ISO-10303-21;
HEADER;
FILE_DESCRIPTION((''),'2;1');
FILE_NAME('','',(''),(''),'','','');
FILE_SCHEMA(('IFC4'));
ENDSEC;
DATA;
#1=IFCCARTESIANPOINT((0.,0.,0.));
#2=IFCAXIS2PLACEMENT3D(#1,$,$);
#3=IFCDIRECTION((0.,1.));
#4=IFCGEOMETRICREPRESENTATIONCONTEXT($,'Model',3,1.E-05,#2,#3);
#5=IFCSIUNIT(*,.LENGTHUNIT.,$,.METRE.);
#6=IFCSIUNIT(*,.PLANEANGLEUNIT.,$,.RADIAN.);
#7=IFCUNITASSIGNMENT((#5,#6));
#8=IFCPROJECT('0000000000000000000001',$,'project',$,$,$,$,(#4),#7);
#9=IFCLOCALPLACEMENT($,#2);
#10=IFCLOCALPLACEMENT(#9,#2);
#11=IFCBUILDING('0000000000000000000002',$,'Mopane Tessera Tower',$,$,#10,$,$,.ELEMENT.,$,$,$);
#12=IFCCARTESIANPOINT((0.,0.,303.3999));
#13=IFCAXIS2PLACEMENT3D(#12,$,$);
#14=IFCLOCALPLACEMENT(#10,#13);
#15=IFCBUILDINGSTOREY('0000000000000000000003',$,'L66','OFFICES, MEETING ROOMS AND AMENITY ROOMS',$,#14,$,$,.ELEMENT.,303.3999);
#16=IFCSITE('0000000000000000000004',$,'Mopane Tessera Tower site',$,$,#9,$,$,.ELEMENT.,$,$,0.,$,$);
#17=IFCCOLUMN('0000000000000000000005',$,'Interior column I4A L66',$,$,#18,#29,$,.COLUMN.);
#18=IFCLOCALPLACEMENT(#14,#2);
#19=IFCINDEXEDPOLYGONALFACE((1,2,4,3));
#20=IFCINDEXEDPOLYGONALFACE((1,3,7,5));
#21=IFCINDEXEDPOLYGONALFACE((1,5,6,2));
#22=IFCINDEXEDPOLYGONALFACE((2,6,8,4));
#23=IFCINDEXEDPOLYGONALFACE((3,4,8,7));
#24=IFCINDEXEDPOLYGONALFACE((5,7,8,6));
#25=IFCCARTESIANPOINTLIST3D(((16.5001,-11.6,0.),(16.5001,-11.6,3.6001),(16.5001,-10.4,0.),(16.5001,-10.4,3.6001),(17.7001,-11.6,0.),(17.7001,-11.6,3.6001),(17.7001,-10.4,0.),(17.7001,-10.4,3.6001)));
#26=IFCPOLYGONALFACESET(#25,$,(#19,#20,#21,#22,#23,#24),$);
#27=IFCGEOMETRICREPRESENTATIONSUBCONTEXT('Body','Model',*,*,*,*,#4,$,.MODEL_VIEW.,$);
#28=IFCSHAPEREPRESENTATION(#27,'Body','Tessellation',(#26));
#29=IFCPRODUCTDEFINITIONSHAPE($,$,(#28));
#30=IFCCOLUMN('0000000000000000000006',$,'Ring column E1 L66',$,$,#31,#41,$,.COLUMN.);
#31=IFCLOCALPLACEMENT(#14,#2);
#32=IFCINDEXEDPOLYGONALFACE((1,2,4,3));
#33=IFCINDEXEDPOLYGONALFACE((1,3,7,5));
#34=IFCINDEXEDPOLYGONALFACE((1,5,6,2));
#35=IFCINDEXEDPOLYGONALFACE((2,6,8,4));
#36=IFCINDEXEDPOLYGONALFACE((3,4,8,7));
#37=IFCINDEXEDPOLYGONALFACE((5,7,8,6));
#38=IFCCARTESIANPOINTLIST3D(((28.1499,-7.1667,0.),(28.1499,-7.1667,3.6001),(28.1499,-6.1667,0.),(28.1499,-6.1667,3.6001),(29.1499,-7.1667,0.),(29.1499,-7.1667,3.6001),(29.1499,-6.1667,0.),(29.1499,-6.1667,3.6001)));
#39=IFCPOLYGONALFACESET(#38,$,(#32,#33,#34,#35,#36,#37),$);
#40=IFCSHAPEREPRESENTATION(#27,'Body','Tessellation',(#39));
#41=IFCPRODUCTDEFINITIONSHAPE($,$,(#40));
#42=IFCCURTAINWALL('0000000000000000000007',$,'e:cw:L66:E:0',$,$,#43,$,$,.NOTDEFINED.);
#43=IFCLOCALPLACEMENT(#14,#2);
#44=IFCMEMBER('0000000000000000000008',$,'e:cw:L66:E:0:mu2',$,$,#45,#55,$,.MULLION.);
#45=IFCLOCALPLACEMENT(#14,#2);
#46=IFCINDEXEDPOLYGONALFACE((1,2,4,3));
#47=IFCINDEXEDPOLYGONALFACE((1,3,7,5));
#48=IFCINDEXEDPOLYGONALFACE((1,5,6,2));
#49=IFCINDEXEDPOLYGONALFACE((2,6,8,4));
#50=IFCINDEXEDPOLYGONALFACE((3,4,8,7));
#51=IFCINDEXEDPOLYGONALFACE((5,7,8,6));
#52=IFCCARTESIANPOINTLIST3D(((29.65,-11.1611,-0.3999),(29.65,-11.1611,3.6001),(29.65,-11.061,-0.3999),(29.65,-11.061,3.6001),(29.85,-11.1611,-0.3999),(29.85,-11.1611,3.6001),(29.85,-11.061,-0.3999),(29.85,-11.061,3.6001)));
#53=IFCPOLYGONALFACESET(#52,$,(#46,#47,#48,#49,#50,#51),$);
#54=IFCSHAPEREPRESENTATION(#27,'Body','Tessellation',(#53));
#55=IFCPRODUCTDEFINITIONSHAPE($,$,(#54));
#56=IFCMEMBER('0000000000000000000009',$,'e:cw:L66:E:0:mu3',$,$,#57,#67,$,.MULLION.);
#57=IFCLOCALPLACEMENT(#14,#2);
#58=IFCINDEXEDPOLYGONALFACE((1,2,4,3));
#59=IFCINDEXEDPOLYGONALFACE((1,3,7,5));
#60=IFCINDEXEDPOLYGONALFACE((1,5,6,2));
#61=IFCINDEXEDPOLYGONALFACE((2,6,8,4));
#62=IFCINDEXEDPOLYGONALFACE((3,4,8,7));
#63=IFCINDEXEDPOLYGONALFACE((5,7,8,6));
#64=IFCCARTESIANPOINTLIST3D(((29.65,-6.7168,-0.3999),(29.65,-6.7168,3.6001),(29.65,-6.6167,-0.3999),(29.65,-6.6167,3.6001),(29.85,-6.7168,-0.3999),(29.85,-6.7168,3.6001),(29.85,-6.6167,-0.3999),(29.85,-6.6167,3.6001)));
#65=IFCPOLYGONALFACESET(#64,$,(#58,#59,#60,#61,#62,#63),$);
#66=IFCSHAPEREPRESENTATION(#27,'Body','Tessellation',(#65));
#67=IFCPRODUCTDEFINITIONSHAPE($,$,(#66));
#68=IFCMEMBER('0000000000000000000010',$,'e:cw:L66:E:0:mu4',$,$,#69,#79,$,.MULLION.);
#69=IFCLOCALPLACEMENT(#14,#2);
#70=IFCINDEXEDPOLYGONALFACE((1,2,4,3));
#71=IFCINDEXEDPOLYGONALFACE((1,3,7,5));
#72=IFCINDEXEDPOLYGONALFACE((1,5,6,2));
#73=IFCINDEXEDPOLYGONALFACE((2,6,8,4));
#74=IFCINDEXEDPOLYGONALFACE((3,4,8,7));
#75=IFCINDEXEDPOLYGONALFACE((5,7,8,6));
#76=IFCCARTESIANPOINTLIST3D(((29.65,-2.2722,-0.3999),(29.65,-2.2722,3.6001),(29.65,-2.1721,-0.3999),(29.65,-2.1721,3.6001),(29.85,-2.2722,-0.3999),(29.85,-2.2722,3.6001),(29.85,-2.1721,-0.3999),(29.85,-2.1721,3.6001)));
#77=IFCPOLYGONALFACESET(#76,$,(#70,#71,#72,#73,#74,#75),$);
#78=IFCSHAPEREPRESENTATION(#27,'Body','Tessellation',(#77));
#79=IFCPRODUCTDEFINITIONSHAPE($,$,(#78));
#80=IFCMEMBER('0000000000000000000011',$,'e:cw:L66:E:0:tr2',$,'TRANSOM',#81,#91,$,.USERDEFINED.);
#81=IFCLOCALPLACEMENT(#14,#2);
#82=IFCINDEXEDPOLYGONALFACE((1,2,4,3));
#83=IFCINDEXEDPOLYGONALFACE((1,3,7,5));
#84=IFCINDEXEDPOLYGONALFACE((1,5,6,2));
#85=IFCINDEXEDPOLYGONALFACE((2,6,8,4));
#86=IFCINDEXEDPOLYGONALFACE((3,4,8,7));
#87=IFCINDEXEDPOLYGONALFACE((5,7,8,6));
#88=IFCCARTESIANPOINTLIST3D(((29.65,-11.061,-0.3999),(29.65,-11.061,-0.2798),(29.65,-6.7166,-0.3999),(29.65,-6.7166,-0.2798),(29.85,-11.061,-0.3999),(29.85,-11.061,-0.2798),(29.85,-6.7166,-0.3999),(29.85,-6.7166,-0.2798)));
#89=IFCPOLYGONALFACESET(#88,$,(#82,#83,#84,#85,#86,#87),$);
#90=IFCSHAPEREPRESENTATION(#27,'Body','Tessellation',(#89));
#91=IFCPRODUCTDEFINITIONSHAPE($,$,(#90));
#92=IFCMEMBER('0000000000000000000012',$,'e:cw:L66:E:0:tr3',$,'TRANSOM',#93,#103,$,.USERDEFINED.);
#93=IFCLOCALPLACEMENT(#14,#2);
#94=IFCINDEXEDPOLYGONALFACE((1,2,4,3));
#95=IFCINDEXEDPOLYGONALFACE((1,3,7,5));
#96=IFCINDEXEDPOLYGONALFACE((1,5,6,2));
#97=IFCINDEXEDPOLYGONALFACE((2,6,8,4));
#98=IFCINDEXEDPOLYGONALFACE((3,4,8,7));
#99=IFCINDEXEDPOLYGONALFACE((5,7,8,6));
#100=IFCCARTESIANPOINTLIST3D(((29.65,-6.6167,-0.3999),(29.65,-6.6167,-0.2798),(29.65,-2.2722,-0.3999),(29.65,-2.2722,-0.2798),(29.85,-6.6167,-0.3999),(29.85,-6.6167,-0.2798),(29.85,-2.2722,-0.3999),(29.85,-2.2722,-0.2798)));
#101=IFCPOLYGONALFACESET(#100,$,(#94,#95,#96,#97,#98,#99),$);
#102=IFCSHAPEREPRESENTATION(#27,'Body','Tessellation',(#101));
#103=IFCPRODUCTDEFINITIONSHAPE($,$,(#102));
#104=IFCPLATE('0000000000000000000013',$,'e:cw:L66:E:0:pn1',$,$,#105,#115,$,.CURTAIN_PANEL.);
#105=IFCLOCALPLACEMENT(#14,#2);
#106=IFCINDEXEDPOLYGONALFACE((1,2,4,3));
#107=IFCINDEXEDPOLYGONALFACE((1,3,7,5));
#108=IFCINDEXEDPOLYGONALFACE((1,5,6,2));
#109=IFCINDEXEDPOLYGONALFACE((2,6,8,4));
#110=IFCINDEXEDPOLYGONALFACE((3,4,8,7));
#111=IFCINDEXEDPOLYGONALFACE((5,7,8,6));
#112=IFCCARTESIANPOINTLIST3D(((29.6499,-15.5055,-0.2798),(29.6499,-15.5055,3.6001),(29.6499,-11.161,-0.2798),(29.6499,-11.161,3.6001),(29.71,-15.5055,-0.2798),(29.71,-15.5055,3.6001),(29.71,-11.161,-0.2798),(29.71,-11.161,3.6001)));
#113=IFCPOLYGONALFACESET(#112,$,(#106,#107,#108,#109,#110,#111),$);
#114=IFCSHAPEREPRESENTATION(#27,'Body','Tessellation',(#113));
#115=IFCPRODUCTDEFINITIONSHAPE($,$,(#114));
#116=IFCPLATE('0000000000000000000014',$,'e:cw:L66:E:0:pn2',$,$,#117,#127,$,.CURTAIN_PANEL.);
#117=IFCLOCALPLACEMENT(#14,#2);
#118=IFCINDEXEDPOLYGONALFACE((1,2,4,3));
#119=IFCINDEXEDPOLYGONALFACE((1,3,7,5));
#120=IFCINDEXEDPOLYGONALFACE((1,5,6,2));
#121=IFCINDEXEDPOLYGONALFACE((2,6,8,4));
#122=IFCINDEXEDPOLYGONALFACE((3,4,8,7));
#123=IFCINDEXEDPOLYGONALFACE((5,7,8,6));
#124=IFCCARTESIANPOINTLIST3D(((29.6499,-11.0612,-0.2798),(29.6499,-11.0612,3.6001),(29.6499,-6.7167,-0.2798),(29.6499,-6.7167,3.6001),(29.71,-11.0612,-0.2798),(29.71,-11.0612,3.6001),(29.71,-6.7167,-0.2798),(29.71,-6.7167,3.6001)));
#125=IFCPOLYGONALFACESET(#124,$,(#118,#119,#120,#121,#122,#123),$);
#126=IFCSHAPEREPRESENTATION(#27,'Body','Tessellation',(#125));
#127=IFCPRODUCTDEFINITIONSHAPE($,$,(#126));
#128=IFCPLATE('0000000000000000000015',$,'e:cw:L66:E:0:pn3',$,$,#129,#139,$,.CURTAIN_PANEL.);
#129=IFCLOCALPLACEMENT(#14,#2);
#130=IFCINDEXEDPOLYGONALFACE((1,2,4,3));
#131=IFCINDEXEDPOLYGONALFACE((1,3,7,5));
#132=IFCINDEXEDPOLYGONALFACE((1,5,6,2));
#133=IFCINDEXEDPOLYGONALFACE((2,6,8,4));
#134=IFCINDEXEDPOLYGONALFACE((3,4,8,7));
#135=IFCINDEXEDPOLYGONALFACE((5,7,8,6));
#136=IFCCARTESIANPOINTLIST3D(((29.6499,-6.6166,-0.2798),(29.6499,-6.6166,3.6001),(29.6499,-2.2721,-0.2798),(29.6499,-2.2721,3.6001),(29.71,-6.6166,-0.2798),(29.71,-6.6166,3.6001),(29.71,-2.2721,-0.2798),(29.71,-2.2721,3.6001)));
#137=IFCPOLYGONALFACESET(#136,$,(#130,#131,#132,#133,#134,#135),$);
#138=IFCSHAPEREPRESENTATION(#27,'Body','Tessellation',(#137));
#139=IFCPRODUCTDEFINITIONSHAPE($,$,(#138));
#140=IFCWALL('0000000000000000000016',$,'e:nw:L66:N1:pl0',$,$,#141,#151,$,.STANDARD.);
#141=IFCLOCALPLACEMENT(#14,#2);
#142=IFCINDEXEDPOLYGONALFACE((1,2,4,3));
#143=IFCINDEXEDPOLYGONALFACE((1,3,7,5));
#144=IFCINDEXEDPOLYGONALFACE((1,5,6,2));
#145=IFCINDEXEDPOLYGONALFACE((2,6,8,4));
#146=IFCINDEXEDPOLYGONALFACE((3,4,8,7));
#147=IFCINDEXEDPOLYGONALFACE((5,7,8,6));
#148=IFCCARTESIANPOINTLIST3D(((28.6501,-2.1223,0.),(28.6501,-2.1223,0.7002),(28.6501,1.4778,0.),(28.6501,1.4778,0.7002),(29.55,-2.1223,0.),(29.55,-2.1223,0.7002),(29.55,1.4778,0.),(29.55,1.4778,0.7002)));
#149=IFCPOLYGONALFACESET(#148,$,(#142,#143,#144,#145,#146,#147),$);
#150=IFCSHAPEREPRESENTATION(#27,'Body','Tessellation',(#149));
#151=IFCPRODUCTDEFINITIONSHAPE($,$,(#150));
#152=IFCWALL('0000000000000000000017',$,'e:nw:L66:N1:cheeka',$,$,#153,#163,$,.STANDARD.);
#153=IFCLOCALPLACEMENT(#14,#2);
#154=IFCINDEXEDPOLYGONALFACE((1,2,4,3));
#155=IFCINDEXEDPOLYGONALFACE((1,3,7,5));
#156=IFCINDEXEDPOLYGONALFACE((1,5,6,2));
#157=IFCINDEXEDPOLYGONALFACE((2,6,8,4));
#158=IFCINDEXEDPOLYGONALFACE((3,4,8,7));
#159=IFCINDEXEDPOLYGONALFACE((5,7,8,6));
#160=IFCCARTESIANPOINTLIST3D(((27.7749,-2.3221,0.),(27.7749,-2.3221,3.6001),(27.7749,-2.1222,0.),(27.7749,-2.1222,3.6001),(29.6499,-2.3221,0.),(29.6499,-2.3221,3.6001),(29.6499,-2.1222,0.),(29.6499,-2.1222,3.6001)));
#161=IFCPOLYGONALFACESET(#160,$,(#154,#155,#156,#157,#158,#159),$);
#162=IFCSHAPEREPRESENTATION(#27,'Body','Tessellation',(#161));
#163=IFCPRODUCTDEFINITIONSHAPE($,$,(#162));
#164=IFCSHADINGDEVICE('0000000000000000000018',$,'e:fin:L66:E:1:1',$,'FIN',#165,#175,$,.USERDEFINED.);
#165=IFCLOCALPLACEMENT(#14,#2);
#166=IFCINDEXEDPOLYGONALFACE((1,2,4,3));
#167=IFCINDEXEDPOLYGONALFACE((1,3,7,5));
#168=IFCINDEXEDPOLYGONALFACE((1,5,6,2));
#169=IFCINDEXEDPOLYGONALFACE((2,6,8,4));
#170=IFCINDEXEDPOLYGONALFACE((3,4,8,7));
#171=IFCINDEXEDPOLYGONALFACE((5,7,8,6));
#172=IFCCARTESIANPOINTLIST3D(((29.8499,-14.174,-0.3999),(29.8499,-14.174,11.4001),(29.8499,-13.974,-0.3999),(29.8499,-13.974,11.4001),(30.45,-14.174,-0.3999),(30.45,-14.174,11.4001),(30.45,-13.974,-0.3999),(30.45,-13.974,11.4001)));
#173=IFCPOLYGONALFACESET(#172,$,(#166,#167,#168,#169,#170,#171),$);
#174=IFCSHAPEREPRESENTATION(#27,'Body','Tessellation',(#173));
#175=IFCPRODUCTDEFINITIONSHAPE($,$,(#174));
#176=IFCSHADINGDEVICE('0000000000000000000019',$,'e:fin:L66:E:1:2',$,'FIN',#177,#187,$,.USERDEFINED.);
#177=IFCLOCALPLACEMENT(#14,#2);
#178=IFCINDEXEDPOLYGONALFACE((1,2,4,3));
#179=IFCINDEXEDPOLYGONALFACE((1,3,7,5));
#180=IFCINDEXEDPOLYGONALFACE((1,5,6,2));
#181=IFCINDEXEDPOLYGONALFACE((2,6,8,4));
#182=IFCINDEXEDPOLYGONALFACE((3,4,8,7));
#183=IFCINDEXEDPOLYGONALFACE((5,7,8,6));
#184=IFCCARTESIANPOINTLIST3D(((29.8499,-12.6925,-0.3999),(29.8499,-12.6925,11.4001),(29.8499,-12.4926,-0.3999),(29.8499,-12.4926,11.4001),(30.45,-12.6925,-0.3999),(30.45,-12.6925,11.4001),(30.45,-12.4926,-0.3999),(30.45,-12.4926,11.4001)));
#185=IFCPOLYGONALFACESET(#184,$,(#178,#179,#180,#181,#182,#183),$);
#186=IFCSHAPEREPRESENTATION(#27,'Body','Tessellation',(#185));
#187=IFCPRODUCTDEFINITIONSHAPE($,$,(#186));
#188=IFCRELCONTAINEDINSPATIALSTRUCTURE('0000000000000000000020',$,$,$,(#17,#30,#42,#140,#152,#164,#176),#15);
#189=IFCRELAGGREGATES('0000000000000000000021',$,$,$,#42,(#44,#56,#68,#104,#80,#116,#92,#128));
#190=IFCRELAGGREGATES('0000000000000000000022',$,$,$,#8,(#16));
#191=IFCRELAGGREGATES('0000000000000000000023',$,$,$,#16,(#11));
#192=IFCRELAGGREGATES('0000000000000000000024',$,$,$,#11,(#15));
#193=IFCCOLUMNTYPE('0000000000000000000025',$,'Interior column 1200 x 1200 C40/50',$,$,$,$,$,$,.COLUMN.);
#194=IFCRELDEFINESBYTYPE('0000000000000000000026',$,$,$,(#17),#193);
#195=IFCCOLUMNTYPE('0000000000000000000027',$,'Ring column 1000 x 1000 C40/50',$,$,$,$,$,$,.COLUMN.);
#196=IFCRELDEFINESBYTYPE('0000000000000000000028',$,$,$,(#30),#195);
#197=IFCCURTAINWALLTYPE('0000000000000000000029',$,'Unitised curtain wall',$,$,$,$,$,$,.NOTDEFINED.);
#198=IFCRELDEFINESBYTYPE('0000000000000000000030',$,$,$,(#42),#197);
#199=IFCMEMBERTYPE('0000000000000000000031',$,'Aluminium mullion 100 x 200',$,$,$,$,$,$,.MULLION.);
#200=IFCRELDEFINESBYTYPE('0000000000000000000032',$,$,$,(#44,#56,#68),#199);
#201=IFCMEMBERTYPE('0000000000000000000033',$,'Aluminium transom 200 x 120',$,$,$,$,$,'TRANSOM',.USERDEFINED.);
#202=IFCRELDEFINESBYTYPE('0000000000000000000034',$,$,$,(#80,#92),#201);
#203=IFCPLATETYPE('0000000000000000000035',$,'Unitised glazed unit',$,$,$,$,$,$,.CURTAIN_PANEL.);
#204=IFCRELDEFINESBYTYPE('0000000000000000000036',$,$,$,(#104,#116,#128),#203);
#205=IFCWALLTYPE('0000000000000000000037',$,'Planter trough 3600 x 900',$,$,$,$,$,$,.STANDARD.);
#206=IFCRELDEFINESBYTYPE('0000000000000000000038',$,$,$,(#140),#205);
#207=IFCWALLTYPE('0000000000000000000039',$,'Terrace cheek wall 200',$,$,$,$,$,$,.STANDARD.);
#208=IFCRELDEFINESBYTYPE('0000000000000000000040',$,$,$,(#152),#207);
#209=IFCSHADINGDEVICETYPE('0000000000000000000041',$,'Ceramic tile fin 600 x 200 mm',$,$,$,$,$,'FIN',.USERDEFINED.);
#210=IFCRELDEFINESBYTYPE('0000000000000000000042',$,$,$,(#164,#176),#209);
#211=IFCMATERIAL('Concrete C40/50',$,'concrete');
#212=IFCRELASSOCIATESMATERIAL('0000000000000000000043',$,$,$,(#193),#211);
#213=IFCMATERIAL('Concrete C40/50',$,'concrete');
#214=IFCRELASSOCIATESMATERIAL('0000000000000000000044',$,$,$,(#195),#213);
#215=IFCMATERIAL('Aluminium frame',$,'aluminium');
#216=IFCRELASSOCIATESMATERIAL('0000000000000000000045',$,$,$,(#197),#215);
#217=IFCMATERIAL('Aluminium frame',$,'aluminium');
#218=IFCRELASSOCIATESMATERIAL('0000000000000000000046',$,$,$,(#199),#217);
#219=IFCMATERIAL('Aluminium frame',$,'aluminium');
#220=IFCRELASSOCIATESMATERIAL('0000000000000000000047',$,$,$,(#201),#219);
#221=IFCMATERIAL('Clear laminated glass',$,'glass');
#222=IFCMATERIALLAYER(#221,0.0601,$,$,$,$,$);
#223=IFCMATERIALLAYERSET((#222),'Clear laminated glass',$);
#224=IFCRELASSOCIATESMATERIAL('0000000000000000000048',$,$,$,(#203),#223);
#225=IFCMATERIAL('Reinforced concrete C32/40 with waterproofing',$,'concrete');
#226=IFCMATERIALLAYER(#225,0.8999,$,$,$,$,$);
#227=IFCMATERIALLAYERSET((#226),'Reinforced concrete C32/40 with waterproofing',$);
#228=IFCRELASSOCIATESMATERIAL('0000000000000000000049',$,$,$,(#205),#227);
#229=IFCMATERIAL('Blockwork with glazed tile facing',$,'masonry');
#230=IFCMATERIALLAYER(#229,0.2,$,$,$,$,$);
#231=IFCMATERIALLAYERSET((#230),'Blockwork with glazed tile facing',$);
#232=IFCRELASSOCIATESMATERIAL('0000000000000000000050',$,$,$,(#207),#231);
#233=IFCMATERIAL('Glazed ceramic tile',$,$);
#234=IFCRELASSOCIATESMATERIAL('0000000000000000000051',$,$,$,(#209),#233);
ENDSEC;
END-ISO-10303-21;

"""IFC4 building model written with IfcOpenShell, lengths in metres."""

from ifc_helpers import new_model, si_unit, direction, frame, frame_2d, origin, origin_2d, place, context, subcontext, project, spatial, rectangle, extrude, material, layer, layer_set, material_profile, profile_set, type_object, element, aggregate, save


model = new_model("IFC4")

# Units and contexts
model_context = context("Model", 3, precision=1e-05, world=origin(), true_north=direction((0.0, 1.0)))
body_context = subcontext(model_context, "Body", "Model", "MODEL_VIEW")
ifc_project = project(units=[si_unit("LENGTHUNIT", "METRE"), si_unit("PLANEANGLEUNIT", "RADIAN")], contexts=[model_context])

# Site, building, storey
site_placement = place(None, origin())
site = spatial("IfcSite", under=ifc_project, at=site_placement, Name="Mopane Tessera Tower site", CompositionType="ELEMENT", RefElevation=0.0)
building_placement = place(site_placement, origin())
building = spatial("IfcBuilding", under=site, at=building_placement, Name="Mopane Tessera Tower", CompositionType="ELEMENT")
storey_placement = place(building_placement, frame((0.0, 0.0, 303.3999)))
storey = spatial("IfcBuildingStorey", under=building, at=storey_placement, Name="L66", Description="OFFICES, MEETING ROOMS AND AMENITY ROOMS", CompositionType="ELEMENT", Elevation=303.3999)

# Columns
ifc_material_1 = material(Name="Concrete C40/50", Category="concrete")
ifc_material_profile_1 = material_profile(ifc_material_1, rectangle(XDim=1.2, YDim=1.2, at=origin_2d()))
ifc_profile_set_1 = profile_set([ifc_material_profile_1], Name="Concrete C40/50")
column_type_1 = type_object("IfcColumnType", Name="Interior column 1200 x 1200 C40/50", PredefinedType="COLUMN", material=ifc_profile_set_1)
column_1_placement = place(storey_placement, frame((17.1001, -11.0, 0.0), z_axis=(0.0, 0.0, 1.0), x_axis=(1.0, 0.0, 0.0)))
element("IfcColumn", 1, at=column_1_placement, inside=storey, type_object=column_type_1, Name="Interior column I4A L66", PredefinedType="COLUMN", context=body_context, shape_type="SweptSolid", body=[
    extrude(rectangle(XDim=1.2, YDim=1.2, at=origin_2d()), origin(), (0.0, 0.0, 1.0), 3.6001),
])
ifc_material_2 = material(Name="Concrete C40/50", Category="concrete")
ifc_material_profile_2 = material_profile(ifc_material_2, rectangle(XDim=1.0, YDim=1.0, at=origin_2d()))
ifc_profile_set_2 = profile_set([ifc_material_profile_2], Name="Concrete C40/50")
column_type_2 = type_object("IfcColumnType", Name="Ring column 1000 x 1000 C40/50", PredefinedType="COLUMN", material=ifc_profile_set_2)
column_2_placement = place(storey_placement, frame((28.6499, -6.6667, 0.0), z_axis=(0.0, 0.0, 1.0), x_axis=(1.0, 0.0, 0.0)))
element("IfcColumn", 2, at=column_2_placement, inside=storey, type_object=column_type_2, Name="Ring column E1 L66", PredefinedType="COLUMN", context=body_context, shape_type="SweptSolid", body=[
    extrude(rectangle(XDim=1.0, YDim=1.0, at=origin_2d()), origin(), (0.0, 0.0, 1.0), 3.6001),
])

# Curtain wall, members, plates
ifc_material_3 = material(Name="Aluminium frame", Category="aluminium")
curtain_wall_type = type_object("IfcCurtainWallType", Name="Unitised curtain wall", PredefinedType="NOTDEFINED", material=ifc_material_3)
curtain_wall_placement = place(storey_placement, origin())
curtain_wall = element("IfcCurtainWall", 3, at=curtain_wall_placement, inside=storey, type_object=curtain_wall_type, Name="e:cw:L66:E:0", PredefinedType="NOTDEFINED")
ifc_material_4 = material(Name="Aluminium frame", Category="aluminium")
ifc_material_profile_3 = material_profile(ifc_material_4, rectangle(XDim=0.1001, YDim=0.2, at=origin_2d()))
ifc_profile_set_3 = profile_set([ifc_material_profile_3], Name="Aluminium frame")
member_type_1 = type_object("IfcMemberType", Name="Aluminium mullion 100 x 200", PredefinedType="MULLION", material=ifc_profile_set_3)
member_1_placement = place(storey_placement, frame((29.75, -11.1111, -0.3999), z_axis=(0.0, 0.0, 1.0), x_axis=(0.0, 1.0, 0.0)))
member_1 = element("IfcMember", 4, at=member_1_placement, type_object=member_type_1, Name="e:cw:L66:E:0:mu2", PredefinedType="MULLION", context=body_context, shape_type="SweptSolid", body=[
    extrude(rectangle(XDim=0.1001, YDim=0.2, at=origin_2d()), origin(), (0.0, 0.0, 1.0), 4.0),
])
member_2_placement = place(storey_placement, frame((29.75, -6.6667, -0.3999), z_axis=(0.0, 0.0, 1.0), x_axis=(0.0, 1.0, 0.0)))
member_2 = element("IfcMember", 5, at=member_2_placement, type_object=member_type_1, Name="e:cw:L66:E:0:mu3", PredefinedType="MULLION", context=body_context, shape_type="SweptSolid", body=[
    extrude(rectangle(XDim=0.1001, YDim=0.2, at=origin_2d()), origin(), (0.0, 0.0, 1.0), 4.0),
])
member_3_placement = place(storey_placement, frame((29.75, -2.2222, -0.3999), z_axis=(0.0, 0.0, 1.0), x_axis=(0.0, 1.0, 0.0)))
member_3 = element("IfcMember", 6, at=member_3_placement, type_object=member_type_1, Name="e:cw:L66:E:0:mu4", PredefinedType="MULLION", context=body_context, shape_type="SweptSolid", body=[
    extrude(rectangle(XDim=0.1001, YDim=0.2, at=origin_2d()), origin(), (0.0, 0.0, 1.0), 4.0),
])
ifc_material_5 = material(Name="Aluminium frame", Category="aluminium")
ifc_material_profile_4 = material_profile(ifc_material_5, rectangle(XDim=0.2, YDim=0.1201, at=origin_2d()))
ifc_profile_set_4 = profile_set([ifc_material_profile_4], Name="Aluminium frame")
member_type_2 = type_object("IfcMemberType", Name="Aluminium transom 200 x 120", ElementType="TRANSOM", PredefinedType="USERDEFINED", material=ifc_profile_set_4)
member_4_placement = place(storey_placement, frame((29.75, -11.061, -0.3398), z_axis=(0.0, 1.0, 0.0), x_axis=(-1.0, 0.0, 0.0)))
member_4 = element("IfcMember", 7, at=member_4_placement, type_object=member_type_2, Name="e:cw:L66:E:0:tr2", ObjectType="TRANSOM", PredefinedType="USERDEFINED", context=body_context, shape_type="SweptSolid", body=[
    extrude(rectangle(XDim=0.2, YDim=0.1201, at=origin_2d()), origin(), (0.0, 0.0, 1.0), 4.3445),
])
member_5_placement = place(storey_placement, frame((29.75, -6.6167, -0.3398), z_axis=(0.0, 1.0, 0.0), x_axis=(-1.0, 0.0, 0.0)))
member_5 = element("IfcMember", 8, at=member_5_placement, type_object=member_type_2, Name="e:cw:L66:E:0:tr3", ObjectType="TRANSOM", PredefinedType="USERDEFINED", context=body_context, shape_type="SweptSolid", body=[
    extrude(rectangle(XDim=0.2, YDim=0.1201, at=origin_2d()), origin(), (0.0, 0.0, 1.0), 4.3445),
])
ifc_material_6 = material(Name="Clear laminated glass", Category="glass")
ifc_layer_1 = layer(ifc_material_6, 0.0601)
ifc_layer_set_1 = layer_set([ifc_layer_1], Name="Clear laminated glass")
plate_type = type_object("IfcPlateType", Name="Unitised glazed unit", PredefinedType="CURTAIN_PANEL", material=ifc_layer_set_1)
plate_1_placement = place(storey_placement, frame((29.6799, -13.3333, -0.2798), z_axis=(0.0, 0.0, 1.0), x_axis=(0.0, 1.0, 0.0)))
plate_1 = element("IfcPlate", 9, at=plate_1_placement, type_object=plate_type, Name="e:cw:L66:E:0:pn1", PredefinedType="CURTAIN_PANEL", context=body_context, shape_type="SweptSolid", body=[
    extrude(rectangle(XDim=4.3445, YDim=0.0601, at=origin_2d()), origin(), (0.0, 0.0, 1.0), 3.8799),
])
plate_2_placement = place(storey_placement, frame((29.6799, -8.8889, -0.2798), z_axis=(0.0, 0.0, 1.0), x_axis=(0.0, 1.0, 0.0)))
plate_2 = element("IfcPlate", 10, at=plate_2_placement, type_object=plate_type, Name="e:cw:L66:E:0:pn2", PredefinedType="CURTAIN_PANEL", context=body_context, shape_type="SweptSolid", body=[
    extrude(rectangle(XDim=4.3445, YDim=0.0601, at=origin_2d()), origin(), (0.0, 0.0, 1.0), 3.8799),
])
plate_3_placement = place(storey_placement, frame((29.6799, -4.4443, -0.2798), z_axis=(0.0, 0.0, 1.0), x_axis=(0.0, 1.0, 0.0)))
plate_3 = element("IfcPlate", 11, at=plate_3_placement, type_object=plate_type, Name="e:cw:L66:E:0:pn3", PredefinedType="CURTAIN_PANEL", context=body_context, shape_type="SweptSolid", body=[
    extrude(rectangle(XDim=4.3445, YDim=0.0601, at=origin_2d()), origin(), (0.0, 0.0, 1.0), 3.8799),
])
aggregate(curtain_wall, [member_1, member_2, member_3, plate_1, member_4, plate_2, member_5, plate_3])

# Walls
ifc_material_7 = material(Name="Reinforced concrete C32/40 with waterproofing", Category="concrete")
ifc_layer_2 = layer(ifc_material_7, 0.8999)
ifc_layer_set_2 = layer_set([ifc_layer_2], Name="Reinforced concrete C32/40 with waterproofing")
wall_type_1 = type_object("IfcWallType", Name="Planter trough 3600 x 900", PredefinedType="STANDARD", material=ifc_layer_set_2)
wall_1_placement = place(storey_placement, frame((29.1001, -2.1223, 0.0), z_axis=(0.0, 0.0, 1.0), x_axis=(0.0, 1.0, 0.0)))
element("IfcWall", 12, at=wall_1_placement, inside=storey, type_object=wall_type_1, Name="e:nw:L66:N1:pl0", PredefinedType="STANDARD", context=body_context, shape_type="SweptSolid", body=[
    extrude(rectangle(XDim=3.6001, YDim=0.8999, at=frame_2d((1.8, 0.0))), origin(), (0.0, 0.0, 1.0), 0.7002),
])
ifc_material_8 = material(Name="Blockwork with glazed tile facing", Category="masonry")
ifc_layer_3 = layer(ifc_material_8, 0.2)
ifc_layer_set_3 = layer_set([ifc_layer_3], Name="Blockwork with glazed tile facing")
wall_type_2 = type_object("IfcWallType", Name="Terrace cheek wall 200", PredefinedType="STANDARD", material=ifc_layer_set_3)
wall_2_placement = place(storey_placement, frame((29.6499, -2.2222, 0.0), z_axis=(0.0, 0.0, 1.0), x_axis=(-1.0, 0.0, 0.0)))
element("IfcWall", 13, at=wall_2_placement, inside=storey, type_object=wall_type_2, Name="e:nw:L66:N1:cheeka", PredefinedType="STANDARD", context=body_context, shape_type="SweptSolid", body=[
    extrude(rectangle(XDim=1.875, YDim=0.2, at=frame_2d((0.9375, 0.0))), origin(), (0.0, 0.0, 1.0), 3.6001),
])

# Shading devices
ifc_material_9 = material(Name="Glazed ceramic tile")
shading_device_type = type_object("IfcShadingDeviceType", Name="Ceramic tile fin 600 x 200 mm", ElementType="FIN", PredefinedType="USERDEFINED", material=ifc_material_9)
for number, where, z_axis, x_axis, name in (
    (14, (30.1499, -14.074, -0.3999), (0.0, 0.0, 1.0), (0.0, 1.0, 0.0), "e:fin:L66:E:1:1"),
    (15, (30.1499, -12.5925, -0.3999), (0.0, 0.0, 1.0), (0.0, 1.0, 0.0), "e:fin:L66:E:1:2"),
):
    element("IfcShadingDevice", number, at=place(storey_placement, frame(where, z_axis=z_axis, x_axis=x_axis)), inside=storey, type_object=shading_device_type, Name=name, ObjectType="FIN", PredefinedType="USERDEFINED", context=body_context, shape_type="SweptSolid", body=[
        extrude(rectangle(XDim=0.2, YDim=0.6001, at=origin_2d()), origin(), (0.0, 0.0, 1.0), 11.8),
    ])

save(model, "model.ifc")
